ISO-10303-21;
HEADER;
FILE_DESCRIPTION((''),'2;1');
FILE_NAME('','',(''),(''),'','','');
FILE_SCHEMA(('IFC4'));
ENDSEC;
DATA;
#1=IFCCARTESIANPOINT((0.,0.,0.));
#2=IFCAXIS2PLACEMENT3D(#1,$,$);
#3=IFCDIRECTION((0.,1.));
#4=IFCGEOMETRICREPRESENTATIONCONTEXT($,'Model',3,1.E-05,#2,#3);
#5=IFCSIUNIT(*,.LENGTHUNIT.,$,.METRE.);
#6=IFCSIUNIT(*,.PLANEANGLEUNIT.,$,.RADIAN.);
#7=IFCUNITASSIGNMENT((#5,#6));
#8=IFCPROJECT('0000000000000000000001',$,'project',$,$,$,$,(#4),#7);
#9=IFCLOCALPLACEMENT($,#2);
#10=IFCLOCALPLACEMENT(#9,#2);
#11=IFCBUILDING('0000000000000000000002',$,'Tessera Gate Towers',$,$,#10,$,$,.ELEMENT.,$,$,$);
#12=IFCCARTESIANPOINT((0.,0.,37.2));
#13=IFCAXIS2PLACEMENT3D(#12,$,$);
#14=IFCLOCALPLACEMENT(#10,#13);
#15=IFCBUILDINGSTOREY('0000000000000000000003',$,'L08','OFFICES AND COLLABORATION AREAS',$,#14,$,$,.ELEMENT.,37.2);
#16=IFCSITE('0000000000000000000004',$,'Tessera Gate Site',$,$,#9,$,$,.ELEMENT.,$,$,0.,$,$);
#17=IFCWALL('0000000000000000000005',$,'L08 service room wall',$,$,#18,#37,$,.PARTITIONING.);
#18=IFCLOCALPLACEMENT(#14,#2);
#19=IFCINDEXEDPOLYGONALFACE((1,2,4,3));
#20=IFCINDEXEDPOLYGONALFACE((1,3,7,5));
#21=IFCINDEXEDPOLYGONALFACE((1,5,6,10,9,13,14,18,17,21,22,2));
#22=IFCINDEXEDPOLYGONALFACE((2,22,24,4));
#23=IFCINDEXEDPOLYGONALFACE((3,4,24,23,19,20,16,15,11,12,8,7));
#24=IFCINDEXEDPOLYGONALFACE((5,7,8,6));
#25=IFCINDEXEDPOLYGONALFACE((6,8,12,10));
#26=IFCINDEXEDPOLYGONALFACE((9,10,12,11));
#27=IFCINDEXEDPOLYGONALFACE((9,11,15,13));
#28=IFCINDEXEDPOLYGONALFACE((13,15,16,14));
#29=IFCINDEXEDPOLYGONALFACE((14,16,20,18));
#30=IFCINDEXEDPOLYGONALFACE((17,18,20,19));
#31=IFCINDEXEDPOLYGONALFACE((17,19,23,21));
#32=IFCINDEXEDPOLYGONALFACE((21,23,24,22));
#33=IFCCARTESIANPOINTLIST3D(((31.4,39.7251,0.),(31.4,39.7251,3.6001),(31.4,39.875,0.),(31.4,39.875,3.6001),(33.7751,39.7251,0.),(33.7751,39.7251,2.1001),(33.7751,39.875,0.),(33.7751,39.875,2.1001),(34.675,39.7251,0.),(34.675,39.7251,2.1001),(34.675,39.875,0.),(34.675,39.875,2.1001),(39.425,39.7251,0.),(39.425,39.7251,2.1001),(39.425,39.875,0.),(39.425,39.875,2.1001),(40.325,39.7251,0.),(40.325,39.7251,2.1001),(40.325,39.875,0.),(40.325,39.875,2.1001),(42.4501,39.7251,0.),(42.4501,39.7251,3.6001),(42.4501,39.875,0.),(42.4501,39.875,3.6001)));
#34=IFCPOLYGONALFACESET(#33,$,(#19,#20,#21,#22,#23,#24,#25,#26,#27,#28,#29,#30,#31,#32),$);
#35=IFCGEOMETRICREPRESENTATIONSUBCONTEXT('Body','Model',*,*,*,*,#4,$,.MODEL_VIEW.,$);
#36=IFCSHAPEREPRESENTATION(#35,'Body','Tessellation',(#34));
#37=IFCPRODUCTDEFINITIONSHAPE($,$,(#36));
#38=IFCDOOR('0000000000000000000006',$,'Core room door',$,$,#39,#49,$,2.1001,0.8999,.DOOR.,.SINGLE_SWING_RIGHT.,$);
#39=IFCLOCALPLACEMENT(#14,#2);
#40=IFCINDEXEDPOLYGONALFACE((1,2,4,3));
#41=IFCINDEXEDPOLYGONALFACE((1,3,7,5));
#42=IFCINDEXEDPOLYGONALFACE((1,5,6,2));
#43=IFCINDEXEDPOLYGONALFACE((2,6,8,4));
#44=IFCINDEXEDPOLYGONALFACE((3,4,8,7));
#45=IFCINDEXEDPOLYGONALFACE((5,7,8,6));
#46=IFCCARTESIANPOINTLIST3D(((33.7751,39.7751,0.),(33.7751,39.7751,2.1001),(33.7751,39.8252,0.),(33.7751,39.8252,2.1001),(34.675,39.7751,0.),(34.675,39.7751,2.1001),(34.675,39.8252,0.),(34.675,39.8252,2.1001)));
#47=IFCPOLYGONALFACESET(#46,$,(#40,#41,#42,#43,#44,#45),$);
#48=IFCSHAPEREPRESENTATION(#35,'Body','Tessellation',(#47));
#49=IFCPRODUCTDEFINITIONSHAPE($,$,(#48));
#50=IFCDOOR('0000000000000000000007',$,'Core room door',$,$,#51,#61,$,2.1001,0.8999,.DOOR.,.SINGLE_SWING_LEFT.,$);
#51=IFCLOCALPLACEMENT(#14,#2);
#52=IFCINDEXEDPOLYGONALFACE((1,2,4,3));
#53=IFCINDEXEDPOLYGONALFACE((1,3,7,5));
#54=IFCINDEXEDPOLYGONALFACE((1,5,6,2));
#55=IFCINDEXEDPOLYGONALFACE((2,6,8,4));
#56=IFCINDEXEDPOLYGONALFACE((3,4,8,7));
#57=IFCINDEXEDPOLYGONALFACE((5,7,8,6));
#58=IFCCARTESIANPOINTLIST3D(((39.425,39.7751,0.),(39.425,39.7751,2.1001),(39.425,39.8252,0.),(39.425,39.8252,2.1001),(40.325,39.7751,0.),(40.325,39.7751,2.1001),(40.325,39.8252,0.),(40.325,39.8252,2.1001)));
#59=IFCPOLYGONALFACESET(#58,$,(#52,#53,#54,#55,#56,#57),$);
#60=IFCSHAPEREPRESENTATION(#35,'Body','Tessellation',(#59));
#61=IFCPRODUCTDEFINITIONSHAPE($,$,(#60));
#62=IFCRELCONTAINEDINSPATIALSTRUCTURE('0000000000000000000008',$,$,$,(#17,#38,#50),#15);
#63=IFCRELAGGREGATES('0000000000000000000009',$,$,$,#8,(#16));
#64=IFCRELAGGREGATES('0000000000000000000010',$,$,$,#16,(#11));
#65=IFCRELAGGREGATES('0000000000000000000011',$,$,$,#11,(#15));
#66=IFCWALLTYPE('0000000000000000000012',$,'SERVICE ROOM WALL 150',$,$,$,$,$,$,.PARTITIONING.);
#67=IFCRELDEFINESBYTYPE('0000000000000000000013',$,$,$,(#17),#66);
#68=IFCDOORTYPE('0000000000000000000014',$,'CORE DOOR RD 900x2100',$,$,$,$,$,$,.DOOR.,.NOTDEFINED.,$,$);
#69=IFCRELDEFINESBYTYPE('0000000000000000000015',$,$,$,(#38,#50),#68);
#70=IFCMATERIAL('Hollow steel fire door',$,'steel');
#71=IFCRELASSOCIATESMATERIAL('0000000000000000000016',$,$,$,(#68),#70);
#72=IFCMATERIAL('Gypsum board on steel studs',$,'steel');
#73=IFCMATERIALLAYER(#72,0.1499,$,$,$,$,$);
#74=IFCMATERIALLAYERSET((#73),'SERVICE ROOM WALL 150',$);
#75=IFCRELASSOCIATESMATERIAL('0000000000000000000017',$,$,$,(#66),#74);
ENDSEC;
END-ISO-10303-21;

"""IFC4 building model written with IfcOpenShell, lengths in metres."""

from ifc_helpers import new_model, si_unit, direction, frame, frame_2d, origin, place, context, subcontext, project, spatial, rectangle, extrude, source, transform, mapped, material, layer, layer_set, type_object, element, fill, save


model = new_model("IFC4")

# Units and contexts
model_context = context("Model", 3, precision=1e-05, world=origin(), true_north=direction((0.0, 1.0)))
body_context = subcontext(model_context, "Body", "Model", "MODEL_VIEW")
ifc_project = project(units=[si_unit("LENGTHUNIT", "METRE"), si_unit("PLANEANGLEUNIT", "RADIAN")], contexts=[model_context])

# Site, building, storey
site_placement = place(None, origin())
site = spatial("IfcSite", under=ifc_project, at=site_placement, Name="Tessera Gate Site", CompositionType="ELEMENT", RefElevation=0.0)
building_placement = place(site_placement, origin())
building = spatial("IfcBuilding", under=site, at=building_placement, Name="Tessera Gate Towers", CompositionType="ELEMENT")
storey_placement = place(building_placement, frame((0.0, 0.0, 37.2)))
storey = spatial("IfcBuildingStorey", under=building, at=storey_placement, Name="L08", Description="OFFICES AND COLLABORATION AREAS", CompositionType="ELEMENT", Elevation=37.2)

# Shared definitions
ifc_material_1 = material(Name="Hollow steel fire door", Category="steel")
door_type_1 = type_object("IfcDoorType", Name="CORE DOOR RD 900x2100", OperationType="NOTDEFINED", PredefinedType="DOOR", material=ifc_material_1)
shared_shape_1 = source(origin(), body_context, "Body", "SweptSolid", [
    extrude(rectangle(XDim=0.8999, YDim=2.1001, at=frame_2d((0.45, 1.05))), frame((0.0, 0.0249, 0.0), z_axis=(0.0, -1.0, 0.0), x_axis=(1.0, 0.0, 0.0)), (0.0, 0.0, 1.0), 0.05),
])

# Wall, openings, doors
ifc_material_2 = material(Name="Gypsum board on steel studs", Category="steel")
ifc_layer_1 = layer(ifc_material_2, 0.1499)
ifc_layer_set_1 = layer_set([ifc_layer_1], Name="SERVICE ROOM WALL 150")
wall_type_1 = type_object("IfcWallType", Name="SERVICE ROOM WALL 150", PredefinedType="PARTITIONING", material=ifc_layer_set_1)
wall_1_placement = place(storey_placement, frame((42.45, 39.8, 0.0), z_axis=(0.0, 0.0, 1.0), x_axis=(-1.0, 0.0, 0.0)))
wall_1 = element("IfcWall", 1, at=wall_1_placement, inside=storey, type_object=wall_type_1, Name="L08 service room wall", PredefinedType="PARTITIONING", context=body_context, shape_type="SweptSolid", body=[
    extrude(rectangle(XDim=11.05, YDim=0.1499, at=frame_2d((5.5249, 0.0))), origin(), (0.0, 0.0, 1.0), 3.6001),
])
shared_shape_2 = source(origin(), body_context, "Body", "SweptSolid", [
    extrude(rectangle(XDim=0.8999, YDim=2.1001, at=frame_2d((0.45, 1.05))), frame((0.0, 0.085, 0.0), z_axis=(0.0, -1.0, 0.0), x_axis=(1.0, 0.0, 0.0)), (0.0, 0.0, 1.0), 0.1699),
])
opening_1_placement = place(wall_1_placement, frame((7.7749, 0.0, 0.0)))
opening_1 = element("IfcOpeningElement", 2, at=opening_1_placement, cuts=wall_1, PredefinedType="OPENING", context=body_context, shape_type="MappedRepresentation", body=[
    mapped(shared_shape_2, transform((0.0, 0.0, 0.0), scale=1.0)),
])
opening_2_placement = place(wall_1_placement, frame((2.125, 0.0, 0.0)))
opening_2 = element("IfcOpeningElement", 3, at=opening_2_placement, cuts=wall_1, PredefinedType="OPENING", context=body_context, shape_type="MappedRepresentation", body=[
    mapped(shared_shape_2, transform((0.0, 0.0, 0.0), scale=1.0)),
])
door_1_placement = place(opening_1_placement, origin())
door_1 = element("IfcDoor", 4, at=door_1_placement, inside=storey, type_object=door_type_1, Name="Core room door", OperationType="SINGLE_SWING_RIGHT", OverallHeight=2.1001, OverallWidth=0.8999, PredefinedType="DOOR", context=body_context, shape_type="MappedRepresentation", body=[
    mapped(shared_shape_1, transform((0.0, 0.0, 0.0), scale=1.0)),
])
fill(opening_1, door_1)
door_2_placement = place(opening_2_placement, origin())
door_2 = element("IfcDoor", 5, at=door_2_placement, inside=storey, type_object=door_type_1, Name="Core room door", OperationType="SINGLE_SWING_LEFT", OverallHeight=2.1001, OverallWidth=0.8999, PredefinedType="DOOR", context=body_context, shape_type="MappedRepresentation", body=[
    mapped(shared_shape_1, transform((0.0, 0.0, 0.0), scale=1.0)),
])
fill(opening_2, door_2)

save(model, "model.ifc")
